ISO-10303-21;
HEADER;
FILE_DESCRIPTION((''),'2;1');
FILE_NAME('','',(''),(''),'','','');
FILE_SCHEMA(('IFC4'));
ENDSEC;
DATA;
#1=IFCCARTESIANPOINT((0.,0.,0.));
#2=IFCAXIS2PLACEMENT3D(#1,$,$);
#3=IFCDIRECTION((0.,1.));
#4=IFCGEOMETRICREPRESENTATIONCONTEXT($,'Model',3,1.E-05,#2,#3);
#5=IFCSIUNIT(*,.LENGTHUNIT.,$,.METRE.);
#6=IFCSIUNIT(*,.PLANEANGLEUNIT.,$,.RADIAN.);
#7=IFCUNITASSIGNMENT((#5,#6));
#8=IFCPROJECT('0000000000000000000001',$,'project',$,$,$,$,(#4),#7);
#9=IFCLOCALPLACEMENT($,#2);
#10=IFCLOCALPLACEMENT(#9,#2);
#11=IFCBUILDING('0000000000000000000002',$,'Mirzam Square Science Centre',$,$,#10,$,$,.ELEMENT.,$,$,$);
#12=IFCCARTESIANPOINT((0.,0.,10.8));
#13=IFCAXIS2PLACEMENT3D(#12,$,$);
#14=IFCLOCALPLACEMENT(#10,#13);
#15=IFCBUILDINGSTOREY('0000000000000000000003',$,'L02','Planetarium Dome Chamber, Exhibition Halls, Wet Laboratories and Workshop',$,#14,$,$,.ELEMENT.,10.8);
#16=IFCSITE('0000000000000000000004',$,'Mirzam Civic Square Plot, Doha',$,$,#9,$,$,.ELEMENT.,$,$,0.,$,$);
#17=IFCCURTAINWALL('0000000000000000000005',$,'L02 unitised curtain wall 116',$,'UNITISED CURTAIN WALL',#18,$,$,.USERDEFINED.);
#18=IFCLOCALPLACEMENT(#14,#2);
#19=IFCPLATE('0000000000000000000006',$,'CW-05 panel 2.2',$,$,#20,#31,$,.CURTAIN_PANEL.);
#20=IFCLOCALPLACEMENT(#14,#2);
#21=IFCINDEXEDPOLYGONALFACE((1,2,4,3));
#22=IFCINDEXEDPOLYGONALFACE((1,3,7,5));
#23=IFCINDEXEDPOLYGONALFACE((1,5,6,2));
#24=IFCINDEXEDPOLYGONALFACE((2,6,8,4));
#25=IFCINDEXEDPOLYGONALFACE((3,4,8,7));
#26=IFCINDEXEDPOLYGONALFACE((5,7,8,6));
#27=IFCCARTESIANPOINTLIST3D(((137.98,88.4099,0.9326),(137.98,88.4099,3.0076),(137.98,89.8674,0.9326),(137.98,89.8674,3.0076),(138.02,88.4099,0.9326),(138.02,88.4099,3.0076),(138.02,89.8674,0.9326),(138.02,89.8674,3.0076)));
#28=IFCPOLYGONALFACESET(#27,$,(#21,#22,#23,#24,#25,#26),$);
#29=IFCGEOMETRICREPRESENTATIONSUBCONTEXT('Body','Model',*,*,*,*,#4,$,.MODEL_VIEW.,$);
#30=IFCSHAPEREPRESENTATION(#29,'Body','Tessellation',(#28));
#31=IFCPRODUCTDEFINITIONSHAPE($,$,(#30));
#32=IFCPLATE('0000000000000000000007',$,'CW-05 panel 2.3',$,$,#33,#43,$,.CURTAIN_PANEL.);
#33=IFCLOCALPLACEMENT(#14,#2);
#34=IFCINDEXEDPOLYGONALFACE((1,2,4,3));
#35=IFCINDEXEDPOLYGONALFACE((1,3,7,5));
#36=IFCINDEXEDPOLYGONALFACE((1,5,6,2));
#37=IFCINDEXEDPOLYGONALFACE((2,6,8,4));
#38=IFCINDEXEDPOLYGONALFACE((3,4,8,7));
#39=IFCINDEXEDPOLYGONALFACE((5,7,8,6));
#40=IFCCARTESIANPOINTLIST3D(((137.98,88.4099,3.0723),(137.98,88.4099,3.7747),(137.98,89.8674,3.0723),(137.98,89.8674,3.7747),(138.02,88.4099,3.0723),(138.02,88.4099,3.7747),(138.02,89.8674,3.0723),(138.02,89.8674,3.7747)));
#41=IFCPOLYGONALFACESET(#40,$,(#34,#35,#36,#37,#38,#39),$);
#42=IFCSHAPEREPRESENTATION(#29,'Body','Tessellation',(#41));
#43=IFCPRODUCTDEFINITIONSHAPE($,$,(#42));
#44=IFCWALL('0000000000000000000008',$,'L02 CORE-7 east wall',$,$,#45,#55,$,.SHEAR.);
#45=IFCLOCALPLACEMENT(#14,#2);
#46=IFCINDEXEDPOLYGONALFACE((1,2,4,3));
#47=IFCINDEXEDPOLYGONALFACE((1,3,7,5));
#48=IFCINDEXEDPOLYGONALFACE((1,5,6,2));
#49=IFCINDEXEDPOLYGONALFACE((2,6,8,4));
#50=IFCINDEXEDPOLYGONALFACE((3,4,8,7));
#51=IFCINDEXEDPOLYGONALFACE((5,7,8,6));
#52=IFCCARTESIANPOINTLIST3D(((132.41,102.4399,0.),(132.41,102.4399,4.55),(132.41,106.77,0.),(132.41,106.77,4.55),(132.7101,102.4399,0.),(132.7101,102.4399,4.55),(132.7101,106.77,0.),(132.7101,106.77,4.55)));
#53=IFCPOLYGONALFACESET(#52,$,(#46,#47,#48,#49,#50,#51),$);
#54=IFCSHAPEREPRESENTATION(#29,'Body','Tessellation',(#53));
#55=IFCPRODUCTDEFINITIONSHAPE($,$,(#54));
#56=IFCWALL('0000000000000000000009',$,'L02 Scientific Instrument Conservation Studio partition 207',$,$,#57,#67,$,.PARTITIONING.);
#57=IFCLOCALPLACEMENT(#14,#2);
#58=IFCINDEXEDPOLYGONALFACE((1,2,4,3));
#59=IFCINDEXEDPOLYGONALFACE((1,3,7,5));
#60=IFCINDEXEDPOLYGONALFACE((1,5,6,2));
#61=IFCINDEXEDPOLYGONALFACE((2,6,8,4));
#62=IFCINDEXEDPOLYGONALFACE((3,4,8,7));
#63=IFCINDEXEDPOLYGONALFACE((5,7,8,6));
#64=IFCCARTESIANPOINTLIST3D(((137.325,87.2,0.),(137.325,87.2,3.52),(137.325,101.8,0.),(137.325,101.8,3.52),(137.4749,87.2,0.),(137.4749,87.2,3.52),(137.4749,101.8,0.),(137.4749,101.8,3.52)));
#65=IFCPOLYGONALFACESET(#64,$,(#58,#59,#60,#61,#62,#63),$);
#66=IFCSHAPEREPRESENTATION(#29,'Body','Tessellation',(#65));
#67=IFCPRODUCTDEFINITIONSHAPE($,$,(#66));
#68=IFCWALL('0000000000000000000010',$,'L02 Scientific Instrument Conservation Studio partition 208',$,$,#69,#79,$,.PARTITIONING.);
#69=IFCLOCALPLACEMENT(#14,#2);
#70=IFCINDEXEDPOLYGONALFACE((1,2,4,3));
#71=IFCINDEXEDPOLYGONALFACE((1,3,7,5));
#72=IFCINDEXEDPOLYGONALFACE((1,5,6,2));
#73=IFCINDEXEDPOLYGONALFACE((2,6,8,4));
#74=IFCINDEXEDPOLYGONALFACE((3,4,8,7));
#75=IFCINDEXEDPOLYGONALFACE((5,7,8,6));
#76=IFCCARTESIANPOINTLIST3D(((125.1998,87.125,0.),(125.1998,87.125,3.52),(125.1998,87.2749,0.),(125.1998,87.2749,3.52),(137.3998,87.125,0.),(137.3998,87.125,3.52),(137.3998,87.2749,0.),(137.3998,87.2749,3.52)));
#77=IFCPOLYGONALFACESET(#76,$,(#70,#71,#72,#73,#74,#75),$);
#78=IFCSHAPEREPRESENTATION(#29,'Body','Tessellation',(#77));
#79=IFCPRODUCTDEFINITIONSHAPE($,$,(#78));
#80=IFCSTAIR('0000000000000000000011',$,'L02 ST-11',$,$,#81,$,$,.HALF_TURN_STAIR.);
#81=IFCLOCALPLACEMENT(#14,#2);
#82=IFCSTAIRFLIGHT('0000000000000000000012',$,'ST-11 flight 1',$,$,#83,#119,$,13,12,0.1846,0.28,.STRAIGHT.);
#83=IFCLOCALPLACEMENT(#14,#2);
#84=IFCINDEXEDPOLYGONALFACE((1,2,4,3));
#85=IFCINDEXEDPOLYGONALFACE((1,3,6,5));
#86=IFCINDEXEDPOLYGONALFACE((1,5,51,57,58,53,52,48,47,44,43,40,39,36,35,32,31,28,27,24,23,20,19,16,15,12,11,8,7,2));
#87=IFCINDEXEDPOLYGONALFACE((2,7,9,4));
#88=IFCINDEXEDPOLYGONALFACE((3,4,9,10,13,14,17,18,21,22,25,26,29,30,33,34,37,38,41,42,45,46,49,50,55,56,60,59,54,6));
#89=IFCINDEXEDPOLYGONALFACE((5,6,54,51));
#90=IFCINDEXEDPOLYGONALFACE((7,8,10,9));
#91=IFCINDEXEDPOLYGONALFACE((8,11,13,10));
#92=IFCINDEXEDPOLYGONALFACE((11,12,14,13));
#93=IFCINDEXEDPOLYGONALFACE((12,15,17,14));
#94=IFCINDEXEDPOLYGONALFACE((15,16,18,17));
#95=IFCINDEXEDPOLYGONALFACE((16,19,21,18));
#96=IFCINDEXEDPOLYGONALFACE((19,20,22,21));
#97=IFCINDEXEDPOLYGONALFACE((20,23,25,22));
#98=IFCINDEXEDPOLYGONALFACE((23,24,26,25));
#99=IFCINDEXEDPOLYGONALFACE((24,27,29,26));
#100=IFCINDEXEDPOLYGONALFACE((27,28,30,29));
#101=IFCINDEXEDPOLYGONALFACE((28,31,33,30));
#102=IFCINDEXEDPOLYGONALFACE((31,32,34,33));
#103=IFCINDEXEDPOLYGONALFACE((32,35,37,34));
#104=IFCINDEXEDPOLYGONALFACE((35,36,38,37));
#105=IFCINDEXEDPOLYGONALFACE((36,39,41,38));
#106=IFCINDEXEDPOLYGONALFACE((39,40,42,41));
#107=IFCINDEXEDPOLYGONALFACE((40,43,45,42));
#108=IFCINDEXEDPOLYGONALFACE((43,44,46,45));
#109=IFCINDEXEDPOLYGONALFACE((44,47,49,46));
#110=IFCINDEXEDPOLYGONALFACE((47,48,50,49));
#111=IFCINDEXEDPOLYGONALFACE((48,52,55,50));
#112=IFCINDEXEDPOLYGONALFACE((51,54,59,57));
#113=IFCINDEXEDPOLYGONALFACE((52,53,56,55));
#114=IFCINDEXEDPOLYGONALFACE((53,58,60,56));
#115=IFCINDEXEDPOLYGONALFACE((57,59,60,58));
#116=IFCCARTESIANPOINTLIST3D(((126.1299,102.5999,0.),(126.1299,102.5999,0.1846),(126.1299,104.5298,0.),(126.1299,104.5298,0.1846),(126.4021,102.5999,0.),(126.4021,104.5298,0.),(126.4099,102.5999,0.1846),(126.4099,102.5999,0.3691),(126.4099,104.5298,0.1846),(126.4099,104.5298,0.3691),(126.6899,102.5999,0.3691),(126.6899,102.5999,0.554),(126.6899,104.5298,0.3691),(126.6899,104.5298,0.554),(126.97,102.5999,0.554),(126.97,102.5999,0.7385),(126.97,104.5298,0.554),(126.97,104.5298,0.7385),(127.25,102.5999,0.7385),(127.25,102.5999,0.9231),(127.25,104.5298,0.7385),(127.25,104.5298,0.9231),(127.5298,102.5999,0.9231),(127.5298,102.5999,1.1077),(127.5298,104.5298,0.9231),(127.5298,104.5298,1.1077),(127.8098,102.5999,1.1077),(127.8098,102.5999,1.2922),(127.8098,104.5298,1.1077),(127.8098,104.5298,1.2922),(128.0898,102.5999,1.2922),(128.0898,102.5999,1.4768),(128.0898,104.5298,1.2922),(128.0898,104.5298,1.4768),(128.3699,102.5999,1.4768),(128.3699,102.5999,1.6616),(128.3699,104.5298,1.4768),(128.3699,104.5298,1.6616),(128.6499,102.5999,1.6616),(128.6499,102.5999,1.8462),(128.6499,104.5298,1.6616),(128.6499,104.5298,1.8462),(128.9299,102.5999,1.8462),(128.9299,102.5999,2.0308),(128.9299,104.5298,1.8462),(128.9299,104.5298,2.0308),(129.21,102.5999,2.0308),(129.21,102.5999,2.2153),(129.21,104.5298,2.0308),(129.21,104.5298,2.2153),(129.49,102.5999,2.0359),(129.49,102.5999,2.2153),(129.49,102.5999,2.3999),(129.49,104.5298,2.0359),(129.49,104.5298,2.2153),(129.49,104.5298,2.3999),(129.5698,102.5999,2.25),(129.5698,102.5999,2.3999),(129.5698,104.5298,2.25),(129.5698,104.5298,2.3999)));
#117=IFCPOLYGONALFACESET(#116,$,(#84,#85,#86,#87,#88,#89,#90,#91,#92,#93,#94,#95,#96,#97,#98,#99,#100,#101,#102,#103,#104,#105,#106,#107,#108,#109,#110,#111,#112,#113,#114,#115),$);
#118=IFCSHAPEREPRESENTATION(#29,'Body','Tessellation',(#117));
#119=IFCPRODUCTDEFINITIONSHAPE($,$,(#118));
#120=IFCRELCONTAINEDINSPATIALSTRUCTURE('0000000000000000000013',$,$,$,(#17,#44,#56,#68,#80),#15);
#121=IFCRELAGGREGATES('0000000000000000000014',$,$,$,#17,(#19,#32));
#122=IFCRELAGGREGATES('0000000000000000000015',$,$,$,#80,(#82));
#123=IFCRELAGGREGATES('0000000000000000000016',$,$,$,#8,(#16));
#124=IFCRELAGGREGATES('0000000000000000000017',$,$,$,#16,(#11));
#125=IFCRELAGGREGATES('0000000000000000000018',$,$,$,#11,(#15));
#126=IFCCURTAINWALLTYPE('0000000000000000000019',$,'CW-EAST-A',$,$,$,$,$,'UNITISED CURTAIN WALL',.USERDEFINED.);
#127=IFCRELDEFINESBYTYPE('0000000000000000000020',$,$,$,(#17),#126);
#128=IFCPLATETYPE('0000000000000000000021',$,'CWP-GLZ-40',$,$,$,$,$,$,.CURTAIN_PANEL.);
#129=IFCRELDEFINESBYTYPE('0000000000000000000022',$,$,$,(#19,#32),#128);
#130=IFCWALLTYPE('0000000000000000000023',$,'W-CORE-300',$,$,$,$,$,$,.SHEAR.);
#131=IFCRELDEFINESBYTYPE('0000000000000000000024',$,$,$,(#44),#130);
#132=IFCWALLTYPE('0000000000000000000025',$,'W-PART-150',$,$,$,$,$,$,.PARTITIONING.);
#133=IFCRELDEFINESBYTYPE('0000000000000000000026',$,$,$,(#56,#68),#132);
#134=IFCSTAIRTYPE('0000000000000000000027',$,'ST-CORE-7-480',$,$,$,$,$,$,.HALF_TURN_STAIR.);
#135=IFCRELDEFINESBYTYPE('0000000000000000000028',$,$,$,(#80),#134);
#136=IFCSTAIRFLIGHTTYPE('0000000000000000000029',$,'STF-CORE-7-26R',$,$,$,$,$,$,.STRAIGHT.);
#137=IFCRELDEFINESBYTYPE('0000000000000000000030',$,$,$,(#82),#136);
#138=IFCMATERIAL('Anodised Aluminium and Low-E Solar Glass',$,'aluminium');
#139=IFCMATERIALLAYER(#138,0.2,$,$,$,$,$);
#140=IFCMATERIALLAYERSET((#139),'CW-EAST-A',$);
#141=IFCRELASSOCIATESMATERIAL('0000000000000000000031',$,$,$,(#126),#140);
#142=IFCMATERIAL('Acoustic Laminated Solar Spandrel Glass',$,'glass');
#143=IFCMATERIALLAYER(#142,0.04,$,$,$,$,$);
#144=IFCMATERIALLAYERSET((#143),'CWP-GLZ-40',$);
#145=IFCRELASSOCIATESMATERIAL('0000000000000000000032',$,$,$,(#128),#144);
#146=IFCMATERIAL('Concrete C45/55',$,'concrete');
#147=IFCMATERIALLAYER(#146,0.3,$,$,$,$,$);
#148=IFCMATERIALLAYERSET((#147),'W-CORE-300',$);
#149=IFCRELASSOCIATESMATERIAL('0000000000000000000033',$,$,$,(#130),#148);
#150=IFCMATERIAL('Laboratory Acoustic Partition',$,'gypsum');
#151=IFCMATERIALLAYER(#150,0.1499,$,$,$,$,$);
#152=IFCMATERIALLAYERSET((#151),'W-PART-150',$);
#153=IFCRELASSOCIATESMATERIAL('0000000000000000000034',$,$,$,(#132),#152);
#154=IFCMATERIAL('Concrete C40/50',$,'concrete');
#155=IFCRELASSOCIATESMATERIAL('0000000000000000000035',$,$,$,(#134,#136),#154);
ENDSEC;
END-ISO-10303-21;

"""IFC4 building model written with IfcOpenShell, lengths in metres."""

from ifc_helpers import new_model, si_unit, direction, frame, frame_2d, origin, origin_2d, place, context, subcontext, project, spatial, polyline, rectangle, outline, extrude, material, layer, layer_set, type_object, element, aggregate, save


model = new_model("IFC4")

# Units and contexts
model_context = context("Model", 3, precision=1e-05, world=origin(), true_north=direction((0.0, 1.0)))
body_context = subcontext(model_context, "Body", "Model", "MODEL_VIEW")
ifc_project = project(units=[si_unit("LENGTHUNIT", "METRE"), si_unit("PLANEANGLEUNIT", "RADIAN")], contexts=[model_context])

# Site, building, storey
site_placement = place(None, origin())
site = spatial("IfcSite", under=ifc_project, at=site_placement, Name="Mirzam Civic Square Plot, Doha", CompositionType="ELEMENT", RefElevation=0.0)
building_placement = place(site_placement, origin())
building = spatial("IfcBuilding", under=site, at=building_placement, Name="Mirzam Square Science Centre", CompositionType="ELEMENT")
storey_placement = place(building_placement, frame((0.0, 0.0, 10.8)))
storey = spatial("IfcBuildingStorey", under=building, at=storey_placement, Name="L02", Description="Planetarium Dome Chamber, Exhibition Halls, Wet Laboratories and Workshop", CompositionType="ELEMENT", Elevation=10.8)

# Curtain wall
ifc_material_1 = material(Name="Anodised Aluminium and Low-E Solar Glass", Category="aluminium")
ifc_layer_1 = layer(ifc_material_1, 0.2)
ifc_layer_set_1 = layer_set([ifc_layer_1], Name="CW-EAST-A")
curtain_wall_type = type_object("IfcCurtainWallType", Name="CW-EAST-A", ElementType="UNITISED CURTAIN WALL", PredefinedType="USERDEFINED", material=ifc_layer_set_1)
curtain_wall_placement = place(storey_placement, origin())
curtain_wall = element("IfcCurtainWall", 1, at=curtain_wall_placement, inside=storey, type_object=curtain_wall_type, Name="L02 unitised curtain wall 116", ObjectType="UNITISED CURTAIN WALL", PredefinedType="USERDEFINED")

# Plates
ifc_material_2 = material(Name="Acoustic Laminated Solar Spandrel Glass", Category="glass")
ifc_layer_2 = layer(ifc_material_2, 0.04)
ifc_layer_set_2 = layer_set([ifc_layer_2], Name="CWP-GLZ-40")
plate_type = type_object("IfcPlateType", Name="CWP-GLZ-40", PredefinedType="CURTAIN_PANEL", material=ifc_layer_set_2)
plate_1_placement = place(storey_placement, frame((138.0, 89.1387, 0.9326), z_axis=(0.0, 0.0, 1.0), x_axis=(0.0, 1.0, 0.0)))
plate_1 = element("IfcPlate", 2, at=plate_1_placement, type_object=plate_type, Name="CW-05 panel 2.2", PredefinedType="CURTAIN_PANEL", context=body_context, shape_type="SweptSolid", body=[
    extrude(rectangle(XDim=1.4575, YDim=0.04, at=origin_2d()), origin(), (0.0, 0.0, 1.0), 2.075),
])
plate_2_placement = place(storey_placement, frame((138.0, 89.1387, 3.0723), z_axis=(0.0, 0.0, 1.0), x_axis=(0.0, 1.0, 0.0)))
plate_2 = element("IfcPlate", 3, at=plate_2_placement, type_object=plate_type, Name="CW-05 panel 2.3", PredefinedType="CURTAIN_PANEL", context=body_context, shape_type="SweptSolid", body=[
    extrude(rectangle(XDim=1.4575, YDim=0.04, at=origin_2d()), origin(), (0.0, 0.0, 1.0), 0.7024),
])
aggregate(curtain_wall, [plate_1, plate_2])

# Walls
ifc_material_3 = material(Name="Concrete C45/55", Category="concrete")
ifc_layer_3 = layer(ifc_material_3, 0.3)
ifc_layer_set_3 = layer_set([ifc_layer_3], Name="W-CORE-300")
wall_type_1 = type_object("IfcWallType", Name="W-CORE-300", PredefinedType="SHEAR", material=ifc_layer_set_3)
wall_1_placement = place(storey_placement, frame((132.5601, 102.4399, 0.0), z_axis=(0.0, 0.0, 1.0), x_axis=(0.0, 1.0, 0.0)))
element("IfcWall", 4, at=wall_1_placement, inside=storey, type_object=wall_type_1, Name="L02 CORE-7 east wall", PredefinedType="SHEAR", context=body_context, shape_type="SweptSolid", body=[
    extrude(rectangle(XDim=4.3301, YDim=0.3, at=frame_2d((2.165, 0.0))), origin(), (0.0, 0.0, 1.0), 4.55),
])
ifc_material_4 = material(Name="Laboratory Acoustic Partition", Category="gypsum")
ifc_layer_4 = layer(ifc_material_4, 0.1499)
ifc_layer_set_4 = layer_set([ifc_layer_4], Name="W-PART-150")
wall_type_2 = type_object("IfcWallType", Name="W-PART-150", PredefinedType="PARTITIONING", material=ifc_layer_set_4)
wall_2_placement = place(storey_placement, frame((137.3999, 101.8, 0.0), z_axis=(0.0, 0.0, 1.0), x_axis=(0.0, -1.0, 0.0)))
element("IfcWall", 5, at=wall_2_placement, inside=storey, type_object=wall_type_2, Name="L02 Scientific Instrument Conservation Studio partition 207", PredefinedType="PARTITIONING", context=body_context, shape_type="SweptSolid", body=[
    extrude(rectangle(XDim=14.6001, YDim=0.1499, at=frame_2d((7.3, 0.0))), origin(), (0.0, 0.0, 1.0), 3.52),
])
wall_3_placement = place(storey_placement, frame((137.3999, 87.2, 0.0), z_axis=(0.0, 0.0, 1.0), x_axis=(-1.0, 0.0, 0.0)))
element("IfcWall", 6, at=wall_3_placement, inside=storey, type_object=wall_type_2, Name="L02 Scientific Instrument Conservation Studio partition 208", PredefinedType="PARTITIONING", context=body_context, shape_type="SweptSolid", body=[
    extrude(rectangle(XDim=12.2, YDim=0.1499, at=frame_2d((6.1001, 0.0))), origin(), (0.0, 0.0, 1.0), 3.52),
])

# Stair, stair flight
ifc_material_5 = material(Name="Concrete C40/50", Category="concrete")
stair_type = type_object("IfcStairType", Name="ST-CORE-7-480", PredefinedType="HALF_TURN_STAIR", material=ifc_material_5)
stair_placement = place(storey_placement, origin())
stair = element("IfcStair", 7, at=stair_placement, inside=storey, type_object=stair_type, Name="L02 ST-11", PredefinedType="HALF_TURN_STAIR")
stair_flight_type = type_object("IfcStairFlightType", Name="STF-CORE-7-26R", PredefinedType="STRAIGHT", material=ifc_material_5)
stair_flight_placement = place(storey_placement, frame((126.1299, 103.5649, 0.0), z_axis=(0.0, 0.0, 1.0), x_axis=(1.0, 0.0, 0.0)))
stair_flight = element("IfcStairFlight", 8, at=stair_flight_placement, type_object=stair_flight_type, Name="ST-11 flight 1", NumberOfRisers=13, NumberOfTreads=12, PredefinedType="STRAIGHT", RiserHeight=0.1846, TreadLength=0.28, context=body_context, shape_type="SweptSolid", body=[
    extrude(outline(polyline([(0.0, 0.0), (0.0, 0.1846), (0.28, 0.1846), (0.28, 0.3691), (0.5601, 0.3691), (0.5601, 0.554), (0.8401, 0.554), (0.8401, 0.7385), (1.1201, 0.7385), (1.1201, 0.9231), (1.3999, 0.9231), (1.3999, 1.1077), (1.6799, 1.1077), (1.6799, 1.2922), (1.96, 1.2922), (1.96, 1.4768), (2.24, 1.4768), (2.24, 1.6616), (2.52, 1.6616), (2.52, 1.8462), (2.8, 1.8462), (2.8, 2.0308), (3.0801, 2.0308), (3.0801, 2.2153), (3.3601, 2.2153), (3.3601, 2.3999), (3.4399, 2.3999), (3.4399, 2.25), (3.3601, 2.0359), (0.2722, 0.0), (0.0, 0.0)])), frame((0.0, 0.9648, 0.0), z_axis=(0.0, -1.0, 0.0), x_axis=(1.0, 0.0, 0.0)), (0.0, 0.0, 1.0), 1.9299),
])
aggregate(stair, [stair_flight])

save(model, "model.ifc")
